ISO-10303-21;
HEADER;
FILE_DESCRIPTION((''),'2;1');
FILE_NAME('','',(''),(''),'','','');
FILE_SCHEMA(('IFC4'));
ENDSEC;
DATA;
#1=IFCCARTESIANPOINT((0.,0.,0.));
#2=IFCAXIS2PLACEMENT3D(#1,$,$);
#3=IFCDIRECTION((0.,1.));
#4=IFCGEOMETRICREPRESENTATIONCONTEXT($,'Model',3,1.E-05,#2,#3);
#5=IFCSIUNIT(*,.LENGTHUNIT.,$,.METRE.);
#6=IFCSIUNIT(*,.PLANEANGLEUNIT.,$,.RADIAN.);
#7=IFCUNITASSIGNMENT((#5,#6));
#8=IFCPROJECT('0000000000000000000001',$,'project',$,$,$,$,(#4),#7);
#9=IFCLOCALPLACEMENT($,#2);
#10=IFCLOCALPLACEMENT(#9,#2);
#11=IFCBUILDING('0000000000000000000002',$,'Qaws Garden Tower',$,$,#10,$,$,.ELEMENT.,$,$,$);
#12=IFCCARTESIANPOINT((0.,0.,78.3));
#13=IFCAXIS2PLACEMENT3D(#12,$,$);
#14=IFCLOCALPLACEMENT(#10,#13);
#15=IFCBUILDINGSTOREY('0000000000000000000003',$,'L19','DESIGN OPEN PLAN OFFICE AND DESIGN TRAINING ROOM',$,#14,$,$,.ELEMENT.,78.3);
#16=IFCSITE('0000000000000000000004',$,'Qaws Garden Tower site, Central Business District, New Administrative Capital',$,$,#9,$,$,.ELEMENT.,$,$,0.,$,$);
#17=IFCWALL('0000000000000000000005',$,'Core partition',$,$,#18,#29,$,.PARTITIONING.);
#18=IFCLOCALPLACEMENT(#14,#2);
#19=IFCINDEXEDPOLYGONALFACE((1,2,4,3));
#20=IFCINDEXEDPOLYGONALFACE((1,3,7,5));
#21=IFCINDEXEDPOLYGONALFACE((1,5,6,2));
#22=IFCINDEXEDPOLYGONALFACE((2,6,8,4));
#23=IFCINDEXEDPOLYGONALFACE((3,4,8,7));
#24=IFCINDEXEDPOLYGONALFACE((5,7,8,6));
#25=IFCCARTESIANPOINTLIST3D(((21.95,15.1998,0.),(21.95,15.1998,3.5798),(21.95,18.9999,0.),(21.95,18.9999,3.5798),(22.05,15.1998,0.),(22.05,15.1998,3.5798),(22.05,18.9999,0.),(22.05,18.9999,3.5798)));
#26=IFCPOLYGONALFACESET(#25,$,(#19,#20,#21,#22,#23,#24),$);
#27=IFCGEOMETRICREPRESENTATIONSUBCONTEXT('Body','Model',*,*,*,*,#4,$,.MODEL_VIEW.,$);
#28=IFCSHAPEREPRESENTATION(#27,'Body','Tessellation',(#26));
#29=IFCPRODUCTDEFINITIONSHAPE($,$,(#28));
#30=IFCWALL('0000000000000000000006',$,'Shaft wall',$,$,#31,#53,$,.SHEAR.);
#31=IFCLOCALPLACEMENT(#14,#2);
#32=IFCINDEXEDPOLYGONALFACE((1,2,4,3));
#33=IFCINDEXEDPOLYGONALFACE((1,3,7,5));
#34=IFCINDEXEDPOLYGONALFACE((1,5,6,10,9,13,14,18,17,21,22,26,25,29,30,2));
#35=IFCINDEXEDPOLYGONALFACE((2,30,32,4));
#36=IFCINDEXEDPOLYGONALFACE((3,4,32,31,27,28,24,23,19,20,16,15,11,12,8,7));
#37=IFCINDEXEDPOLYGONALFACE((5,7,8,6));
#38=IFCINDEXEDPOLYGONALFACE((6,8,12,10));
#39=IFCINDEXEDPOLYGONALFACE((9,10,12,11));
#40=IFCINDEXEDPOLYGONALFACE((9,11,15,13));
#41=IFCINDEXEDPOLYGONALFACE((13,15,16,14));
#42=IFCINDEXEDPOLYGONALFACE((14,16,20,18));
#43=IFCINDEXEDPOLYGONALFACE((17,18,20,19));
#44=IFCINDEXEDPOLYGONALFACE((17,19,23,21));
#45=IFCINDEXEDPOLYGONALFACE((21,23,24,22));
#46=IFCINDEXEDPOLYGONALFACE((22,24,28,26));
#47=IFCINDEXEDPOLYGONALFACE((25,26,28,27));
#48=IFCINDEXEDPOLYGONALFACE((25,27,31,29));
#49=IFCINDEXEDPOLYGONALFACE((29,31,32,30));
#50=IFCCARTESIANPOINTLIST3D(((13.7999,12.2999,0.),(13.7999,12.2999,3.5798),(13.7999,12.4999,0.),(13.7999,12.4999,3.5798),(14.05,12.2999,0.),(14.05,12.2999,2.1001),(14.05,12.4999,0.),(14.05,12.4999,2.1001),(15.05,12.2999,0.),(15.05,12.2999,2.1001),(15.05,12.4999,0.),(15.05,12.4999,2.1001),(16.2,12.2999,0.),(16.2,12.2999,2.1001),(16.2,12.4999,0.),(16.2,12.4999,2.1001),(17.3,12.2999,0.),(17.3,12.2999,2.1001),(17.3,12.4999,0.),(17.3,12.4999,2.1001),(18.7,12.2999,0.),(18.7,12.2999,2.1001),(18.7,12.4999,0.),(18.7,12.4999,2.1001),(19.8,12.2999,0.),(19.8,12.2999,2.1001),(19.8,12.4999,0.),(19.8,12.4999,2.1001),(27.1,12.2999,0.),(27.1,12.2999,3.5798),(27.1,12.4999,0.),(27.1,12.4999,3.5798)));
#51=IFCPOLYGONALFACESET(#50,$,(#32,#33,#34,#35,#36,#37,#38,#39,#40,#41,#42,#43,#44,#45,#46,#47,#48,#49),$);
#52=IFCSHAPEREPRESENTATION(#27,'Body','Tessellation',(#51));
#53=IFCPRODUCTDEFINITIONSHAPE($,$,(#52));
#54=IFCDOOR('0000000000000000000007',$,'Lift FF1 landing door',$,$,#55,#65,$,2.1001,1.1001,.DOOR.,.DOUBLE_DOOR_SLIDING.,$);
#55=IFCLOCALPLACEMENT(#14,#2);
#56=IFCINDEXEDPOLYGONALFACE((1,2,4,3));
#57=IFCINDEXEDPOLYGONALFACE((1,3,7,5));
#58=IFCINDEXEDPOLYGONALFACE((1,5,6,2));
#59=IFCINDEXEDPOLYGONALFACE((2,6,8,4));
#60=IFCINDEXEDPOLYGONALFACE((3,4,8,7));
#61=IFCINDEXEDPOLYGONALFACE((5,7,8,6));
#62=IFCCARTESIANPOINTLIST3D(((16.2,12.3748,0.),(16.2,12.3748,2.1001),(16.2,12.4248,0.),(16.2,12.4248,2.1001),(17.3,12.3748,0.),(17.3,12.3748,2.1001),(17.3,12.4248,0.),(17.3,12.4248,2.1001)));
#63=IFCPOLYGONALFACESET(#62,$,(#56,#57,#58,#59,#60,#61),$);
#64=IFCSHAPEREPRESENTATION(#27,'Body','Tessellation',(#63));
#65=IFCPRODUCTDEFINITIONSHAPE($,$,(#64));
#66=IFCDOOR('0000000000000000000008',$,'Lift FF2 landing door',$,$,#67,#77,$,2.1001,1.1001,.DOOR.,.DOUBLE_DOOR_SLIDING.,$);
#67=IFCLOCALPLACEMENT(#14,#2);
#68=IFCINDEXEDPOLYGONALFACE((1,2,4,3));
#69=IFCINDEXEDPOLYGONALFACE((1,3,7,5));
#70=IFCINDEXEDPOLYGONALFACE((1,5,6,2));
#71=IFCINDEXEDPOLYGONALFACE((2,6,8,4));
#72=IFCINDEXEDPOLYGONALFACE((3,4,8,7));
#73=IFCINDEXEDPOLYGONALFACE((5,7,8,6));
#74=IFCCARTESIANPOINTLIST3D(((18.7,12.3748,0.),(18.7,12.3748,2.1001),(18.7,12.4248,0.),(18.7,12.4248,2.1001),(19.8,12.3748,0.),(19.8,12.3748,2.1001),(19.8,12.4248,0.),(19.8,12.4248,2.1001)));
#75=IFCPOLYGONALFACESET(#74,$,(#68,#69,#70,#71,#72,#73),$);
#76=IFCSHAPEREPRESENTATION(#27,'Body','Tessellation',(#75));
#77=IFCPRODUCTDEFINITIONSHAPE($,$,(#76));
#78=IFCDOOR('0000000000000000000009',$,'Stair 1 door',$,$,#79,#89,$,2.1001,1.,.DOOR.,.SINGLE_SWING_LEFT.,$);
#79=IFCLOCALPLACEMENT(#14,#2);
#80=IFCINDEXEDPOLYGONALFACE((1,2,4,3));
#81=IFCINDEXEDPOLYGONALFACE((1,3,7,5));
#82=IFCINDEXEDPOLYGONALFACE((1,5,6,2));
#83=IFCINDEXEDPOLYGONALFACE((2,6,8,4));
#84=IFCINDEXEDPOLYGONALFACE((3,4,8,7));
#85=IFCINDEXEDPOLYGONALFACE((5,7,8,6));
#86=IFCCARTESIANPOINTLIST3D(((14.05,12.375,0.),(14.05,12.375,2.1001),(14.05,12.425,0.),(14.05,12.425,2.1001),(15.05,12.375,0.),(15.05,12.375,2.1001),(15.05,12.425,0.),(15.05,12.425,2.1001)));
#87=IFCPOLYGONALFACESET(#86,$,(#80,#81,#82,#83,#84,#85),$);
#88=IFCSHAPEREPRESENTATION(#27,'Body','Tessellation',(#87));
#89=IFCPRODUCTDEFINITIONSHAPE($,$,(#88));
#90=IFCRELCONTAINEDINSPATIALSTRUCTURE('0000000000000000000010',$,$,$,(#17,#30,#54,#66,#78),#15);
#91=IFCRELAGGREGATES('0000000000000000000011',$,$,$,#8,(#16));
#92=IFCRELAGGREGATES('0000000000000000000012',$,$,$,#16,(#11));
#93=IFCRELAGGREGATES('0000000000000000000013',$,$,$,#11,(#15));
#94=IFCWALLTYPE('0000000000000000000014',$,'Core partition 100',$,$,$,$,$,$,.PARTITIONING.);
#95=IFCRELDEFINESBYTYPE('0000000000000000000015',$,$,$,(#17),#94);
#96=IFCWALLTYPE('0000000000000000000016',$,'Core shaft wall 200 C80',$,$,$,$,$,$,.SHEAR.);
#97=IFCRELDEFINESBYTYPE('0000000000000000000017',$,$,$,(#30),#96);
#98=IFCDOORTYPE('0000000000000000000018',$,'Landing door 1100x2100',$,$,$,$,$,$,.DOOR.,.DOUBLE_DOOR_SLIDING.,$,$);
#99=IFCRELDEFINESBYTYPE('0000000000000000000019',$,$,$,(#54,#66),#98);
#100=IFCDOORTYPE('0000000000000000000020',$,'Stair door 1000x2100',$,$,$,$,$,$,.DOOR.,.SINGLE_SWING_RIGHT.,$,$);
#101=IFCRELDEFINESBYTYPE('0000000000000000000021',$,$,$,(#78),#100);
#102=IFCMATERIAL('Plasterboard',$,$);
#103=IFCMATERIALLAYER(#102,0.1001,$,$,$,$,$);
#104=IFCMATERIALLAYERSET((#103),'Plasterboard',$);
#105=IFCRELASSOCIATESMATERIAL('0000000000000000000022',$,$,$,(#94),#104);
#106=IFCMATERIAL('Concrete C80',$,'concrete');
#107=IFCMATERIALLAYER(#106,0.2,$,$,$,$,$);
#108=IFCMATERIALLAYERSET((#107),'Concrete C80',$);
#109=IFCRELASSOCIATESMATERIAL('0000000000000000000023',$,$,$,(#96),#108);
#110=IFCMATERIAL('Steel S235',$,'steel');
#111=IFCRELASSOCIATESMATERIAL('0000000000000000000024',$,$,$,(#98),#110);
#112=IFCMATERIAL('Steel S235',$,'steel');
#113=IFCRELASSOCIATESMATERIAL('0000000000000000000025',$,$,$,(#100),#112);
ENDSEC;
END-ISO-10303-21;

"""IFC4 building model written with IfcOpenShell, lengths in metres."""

from ifc_helpers import new_model, si_unit, direction, frame, frame_2d, origin, place, context, subcontext, project, spatial, rectangle, extrude, material, layer, layer_set, type_object, element, fill, save


model = new_model("IFC4")

# Units and contexts
model_context = context("Model", 3, precision=1e-05, world=origin(), true_north=direction((0.0, 1.0)))
body_context = subcontext(model_context, "Body", "Model", "MODEL_VIEW")
ifc_project = project(units=[si_unit("LENGTHUNIT", "METRE"), si_unit("PLANEANGLEUNIT", "RADIAN")], contexts=[model_context])

# Site, building, storey
site_placement = place(None, origin())
site = spatial("IfcSite", under=ifc_project, at=site_placement, Name="Qaws Garden Tower site, Central Business District, New Administrative Capital", CompositionType="ELEMENT", RefElevation=0.0)
building_placement = place(site_placement, origin())
building = spatial("IfcBuilding", under=site, at=building_placement, Name="Qaws Garden Tower", CompositionType="ELEMENT")
storey_placement = place(building_placement, frame((0.0, 0.0, 78.3)))
storey = spatial("IfcBuildingStorey", under=building, at=storey_placement, Name="L19", Description="DESIGN OPEN PLAN OFFICE AND DESIGN TRAINING ROOM", CompositionType="ELEMENT", Elevation=78.3)

# Shared definitions
ifc_material_1 = material(Name="Plasterboard")
ifc_layer_1 = layer(ifc_material_1, 0.1001)
ifc_layer_set_1 = layer_set([ifc_layer_1], Name="Plasterboard")
wall_type_1 = type_object("IfcWallType", Name="Core partition 100", PredefinedType="PARTITIONING", material=ifc_layer_set_1)

# Wall
wall_1_placement = place(storey_placement, frame((22.0, 15.2, 0.0), z_axis=(0.0, 0.0, 1.0), x_axis=(0.0, 1.0, 0.0)))
element("IfcWall", 1, at=wall_1_placement, inside=storey, type_object=wall_type_1, Name="Core partition", PredefinedType="PARTITIONING", context=body_context, shape_type="SweptSolid", body=[
    extrude(rectangle(XDim=3.8, YDim=0.1001, at=frame_2d((1.8999, 0.0))), origin(), (0.0, 0.0, 1.0), 3.5798),
])

# Wall, openings, doors
ifc_material_2 = material(Name="Concrete C80", Category="concrete")
ifc_layer_2 = layer(ifc_material_2, 0.2)
ifc_layer_set_2 = layer_set([ifc_layer_2], Name="Concrete C80")
wall_type_2 = type_object("IfcWallType", Name="Core shaft wall 200 C80", PredefinedType="SHEAR", material=ifc_layer_set_2)
wall_2_placement = place(storey_placement, frame((13.8, 12.3999, 0.0), z_axis=(0.0, 0.0, 1.0), x_axis=(1.0, 0.0, 0.0)))
wall_2 = element("IfcWall", 2, at=wall_2_placement, inside=storey, type_object=wall_type_2, Name="Shaft wall", PredefinedType="SHEAR", context=body_context, shape_type="SweptSolid", body=[
    extrude(rectangle(XDim=13.3, YDim=0.2, at=frame_2d((6.6499, 0.0))), origin(), (0.0, 0.0, 1.0), 3.5798),
])
opening_1_placement = place(wall_2_placement, frame((2.3999, 0.0, 0.0)))
opening_1 = element("IfcOpeningElement", 3, at=opening_1_placement, cuts=wall_2, PredefinedType="OPENING", context=body_context, shape_type="SweptSolid", body=[
    extrude(rectangle(XDim=1.1001, YDim=2.1001, at=frame_2d((0.55, 1.05))), frame((0.0, 0.1099, 0.0), z_axis=(0.0, -1.0, 0.0), x_axis=(1.0, 0.0, 0.0)), (0.0, 0.0, 1.0), 0.22),
])
opening_2_placement = place(wall_2_placement, frame((4.8999, 0.0, 0.0)))
opening_2 = element("IfcOpeningElement", 4, at=opening_2_placement, cuts=wall_2, PredefinedType="OPENING", context=body_context, shape_type="SweptSolid", body=[
    extrude(rectangle(XDim=1.1001, YDim=2.1001, at=frame_2d((0.55, 1.05))), frame((0.0, 0.1099, 0.0), z_axis=(0.0, -1.0, 0.0), x_axis=(1.0, 0.0, 0.0)), (0.0, 0.0, 1.0), 0.22),
])
opening_3_placement = place(wall_2_placement, frame((0.25, 0.0, 0.0)))
opening_3 = element("IfcOpeningElement", 5, at=opening_3_placement, cuts=wall_2, PredefinedType="OPENING", context=body_context, shape_type="SweptSolid", body=[
    extrude(rectangle(XDim=1.0, YDim=2.1001, at=frame_2d((0.5, 1.05))), frame((0.0, 0.1099, 0.0), z_axis=(0.0, -1.0, 0.0), x_axis=(1.0, 0.0, 0.0)), (0.0, 0.0, 1.0), 0.22),
])
ifc_material_3 = material(Name="Steel S235", Category="steel")
door_type_1 = type_object("IfcDoorType", Name="Landing door 1100x2100", OperationType="DOUBLE_DOOR_SLIDING", PredefinedType="DOOR", material=ifc_material_3)
door_1_placement = place(opening_1_placement, origin())
door_1 = element("IfcDoor", 6, at=door_1_placement, inside=storey, type_object=door_type_1, Name="Lift FF1 landing door", OperationType="DOUBLE_DOOR_SLIDING", OverallHeight=2.1001, OverallWidth=1.1001, PredefinedType="DOOR", context=body_context, shape_type="SweptSolid", body=[
    extrude(rectangle(XDim=1.1001, YDim=2.1001, at=frame_2d((0.55, 1.05))), frame((0.0, 0.0249, 0.0), z_axis=(0.0, -1.0, 0.0), x_axis=(1.0, 0.0, 0.0)), (0.0, 0.0, 1.0), 0.05),
])
fill(opening_1, door_1)
door_2_placement = place(opening_2_placement, origin())
door_2 = element("IfcDoor", 7, at=door_2_placement, inside=storey, type_object=door_type_1, Name="Lift FF2 landing door", OperationType="DOUBLE_DOOR_SLIDING", OverallHeight=2.1001, OverallWidth=1.1001, PredefinedType="DOOR", context=body_context, shape_type="SweptSolid", body=[
    extrude(rectangle(XDim=1.1001, YDim=2.1001, at=frame_2d((0.55, 1.05))), frame((0.0, 0.0249, 0.0), z_axis=(0.0, -1.0, 0.0), x_axis=(1.0, 0.0, 0.0)), (0.0, 0.0, 1.0), 0.05),
])
fill(opening_2, door_2)
ifc_material_4 = material(Name="Steel S235", Category="steel")
door_type_2 = type_object("IfcDoorType", Name="Stair door 1000x2100", OperationType="SINGLE_SWING_RIGHT", PredefinedType="DOOR", material=ifc_material_4)
door_3_placement = place(opening_3_placement, frame((1.0, 0.0, 0.0), z_axis=(0.0, 0.0, 1.0), x_axis=(-1.0, 0.0, 0.0)))
door_3 = element("IfcDoor", 8, at=door_3_placement, inside=storey, type_object=door_type_2, Name="Stair 1 door", OperationType="SINGLE_SWING_LEFT", OverallHeight=2.1001, OverallWidth=1.0, PredefinedType="DOOR", context=body_context, shape_type="SweptSolid", body=[
    extrude(rectangle(XDim=1.0, YDim=2.1001, at=frame_2d((0.5, 1.05))), frame((0.0, 0.0249, 0.0), z_axis=(0.0, -1.0, 0.0), x_axis=(1.0, 0.0, 0.0)), (0.0, 0.0, 1.0), 0.05),
])
fill(opening_3, door_3)

save(model, "model.ifc")
